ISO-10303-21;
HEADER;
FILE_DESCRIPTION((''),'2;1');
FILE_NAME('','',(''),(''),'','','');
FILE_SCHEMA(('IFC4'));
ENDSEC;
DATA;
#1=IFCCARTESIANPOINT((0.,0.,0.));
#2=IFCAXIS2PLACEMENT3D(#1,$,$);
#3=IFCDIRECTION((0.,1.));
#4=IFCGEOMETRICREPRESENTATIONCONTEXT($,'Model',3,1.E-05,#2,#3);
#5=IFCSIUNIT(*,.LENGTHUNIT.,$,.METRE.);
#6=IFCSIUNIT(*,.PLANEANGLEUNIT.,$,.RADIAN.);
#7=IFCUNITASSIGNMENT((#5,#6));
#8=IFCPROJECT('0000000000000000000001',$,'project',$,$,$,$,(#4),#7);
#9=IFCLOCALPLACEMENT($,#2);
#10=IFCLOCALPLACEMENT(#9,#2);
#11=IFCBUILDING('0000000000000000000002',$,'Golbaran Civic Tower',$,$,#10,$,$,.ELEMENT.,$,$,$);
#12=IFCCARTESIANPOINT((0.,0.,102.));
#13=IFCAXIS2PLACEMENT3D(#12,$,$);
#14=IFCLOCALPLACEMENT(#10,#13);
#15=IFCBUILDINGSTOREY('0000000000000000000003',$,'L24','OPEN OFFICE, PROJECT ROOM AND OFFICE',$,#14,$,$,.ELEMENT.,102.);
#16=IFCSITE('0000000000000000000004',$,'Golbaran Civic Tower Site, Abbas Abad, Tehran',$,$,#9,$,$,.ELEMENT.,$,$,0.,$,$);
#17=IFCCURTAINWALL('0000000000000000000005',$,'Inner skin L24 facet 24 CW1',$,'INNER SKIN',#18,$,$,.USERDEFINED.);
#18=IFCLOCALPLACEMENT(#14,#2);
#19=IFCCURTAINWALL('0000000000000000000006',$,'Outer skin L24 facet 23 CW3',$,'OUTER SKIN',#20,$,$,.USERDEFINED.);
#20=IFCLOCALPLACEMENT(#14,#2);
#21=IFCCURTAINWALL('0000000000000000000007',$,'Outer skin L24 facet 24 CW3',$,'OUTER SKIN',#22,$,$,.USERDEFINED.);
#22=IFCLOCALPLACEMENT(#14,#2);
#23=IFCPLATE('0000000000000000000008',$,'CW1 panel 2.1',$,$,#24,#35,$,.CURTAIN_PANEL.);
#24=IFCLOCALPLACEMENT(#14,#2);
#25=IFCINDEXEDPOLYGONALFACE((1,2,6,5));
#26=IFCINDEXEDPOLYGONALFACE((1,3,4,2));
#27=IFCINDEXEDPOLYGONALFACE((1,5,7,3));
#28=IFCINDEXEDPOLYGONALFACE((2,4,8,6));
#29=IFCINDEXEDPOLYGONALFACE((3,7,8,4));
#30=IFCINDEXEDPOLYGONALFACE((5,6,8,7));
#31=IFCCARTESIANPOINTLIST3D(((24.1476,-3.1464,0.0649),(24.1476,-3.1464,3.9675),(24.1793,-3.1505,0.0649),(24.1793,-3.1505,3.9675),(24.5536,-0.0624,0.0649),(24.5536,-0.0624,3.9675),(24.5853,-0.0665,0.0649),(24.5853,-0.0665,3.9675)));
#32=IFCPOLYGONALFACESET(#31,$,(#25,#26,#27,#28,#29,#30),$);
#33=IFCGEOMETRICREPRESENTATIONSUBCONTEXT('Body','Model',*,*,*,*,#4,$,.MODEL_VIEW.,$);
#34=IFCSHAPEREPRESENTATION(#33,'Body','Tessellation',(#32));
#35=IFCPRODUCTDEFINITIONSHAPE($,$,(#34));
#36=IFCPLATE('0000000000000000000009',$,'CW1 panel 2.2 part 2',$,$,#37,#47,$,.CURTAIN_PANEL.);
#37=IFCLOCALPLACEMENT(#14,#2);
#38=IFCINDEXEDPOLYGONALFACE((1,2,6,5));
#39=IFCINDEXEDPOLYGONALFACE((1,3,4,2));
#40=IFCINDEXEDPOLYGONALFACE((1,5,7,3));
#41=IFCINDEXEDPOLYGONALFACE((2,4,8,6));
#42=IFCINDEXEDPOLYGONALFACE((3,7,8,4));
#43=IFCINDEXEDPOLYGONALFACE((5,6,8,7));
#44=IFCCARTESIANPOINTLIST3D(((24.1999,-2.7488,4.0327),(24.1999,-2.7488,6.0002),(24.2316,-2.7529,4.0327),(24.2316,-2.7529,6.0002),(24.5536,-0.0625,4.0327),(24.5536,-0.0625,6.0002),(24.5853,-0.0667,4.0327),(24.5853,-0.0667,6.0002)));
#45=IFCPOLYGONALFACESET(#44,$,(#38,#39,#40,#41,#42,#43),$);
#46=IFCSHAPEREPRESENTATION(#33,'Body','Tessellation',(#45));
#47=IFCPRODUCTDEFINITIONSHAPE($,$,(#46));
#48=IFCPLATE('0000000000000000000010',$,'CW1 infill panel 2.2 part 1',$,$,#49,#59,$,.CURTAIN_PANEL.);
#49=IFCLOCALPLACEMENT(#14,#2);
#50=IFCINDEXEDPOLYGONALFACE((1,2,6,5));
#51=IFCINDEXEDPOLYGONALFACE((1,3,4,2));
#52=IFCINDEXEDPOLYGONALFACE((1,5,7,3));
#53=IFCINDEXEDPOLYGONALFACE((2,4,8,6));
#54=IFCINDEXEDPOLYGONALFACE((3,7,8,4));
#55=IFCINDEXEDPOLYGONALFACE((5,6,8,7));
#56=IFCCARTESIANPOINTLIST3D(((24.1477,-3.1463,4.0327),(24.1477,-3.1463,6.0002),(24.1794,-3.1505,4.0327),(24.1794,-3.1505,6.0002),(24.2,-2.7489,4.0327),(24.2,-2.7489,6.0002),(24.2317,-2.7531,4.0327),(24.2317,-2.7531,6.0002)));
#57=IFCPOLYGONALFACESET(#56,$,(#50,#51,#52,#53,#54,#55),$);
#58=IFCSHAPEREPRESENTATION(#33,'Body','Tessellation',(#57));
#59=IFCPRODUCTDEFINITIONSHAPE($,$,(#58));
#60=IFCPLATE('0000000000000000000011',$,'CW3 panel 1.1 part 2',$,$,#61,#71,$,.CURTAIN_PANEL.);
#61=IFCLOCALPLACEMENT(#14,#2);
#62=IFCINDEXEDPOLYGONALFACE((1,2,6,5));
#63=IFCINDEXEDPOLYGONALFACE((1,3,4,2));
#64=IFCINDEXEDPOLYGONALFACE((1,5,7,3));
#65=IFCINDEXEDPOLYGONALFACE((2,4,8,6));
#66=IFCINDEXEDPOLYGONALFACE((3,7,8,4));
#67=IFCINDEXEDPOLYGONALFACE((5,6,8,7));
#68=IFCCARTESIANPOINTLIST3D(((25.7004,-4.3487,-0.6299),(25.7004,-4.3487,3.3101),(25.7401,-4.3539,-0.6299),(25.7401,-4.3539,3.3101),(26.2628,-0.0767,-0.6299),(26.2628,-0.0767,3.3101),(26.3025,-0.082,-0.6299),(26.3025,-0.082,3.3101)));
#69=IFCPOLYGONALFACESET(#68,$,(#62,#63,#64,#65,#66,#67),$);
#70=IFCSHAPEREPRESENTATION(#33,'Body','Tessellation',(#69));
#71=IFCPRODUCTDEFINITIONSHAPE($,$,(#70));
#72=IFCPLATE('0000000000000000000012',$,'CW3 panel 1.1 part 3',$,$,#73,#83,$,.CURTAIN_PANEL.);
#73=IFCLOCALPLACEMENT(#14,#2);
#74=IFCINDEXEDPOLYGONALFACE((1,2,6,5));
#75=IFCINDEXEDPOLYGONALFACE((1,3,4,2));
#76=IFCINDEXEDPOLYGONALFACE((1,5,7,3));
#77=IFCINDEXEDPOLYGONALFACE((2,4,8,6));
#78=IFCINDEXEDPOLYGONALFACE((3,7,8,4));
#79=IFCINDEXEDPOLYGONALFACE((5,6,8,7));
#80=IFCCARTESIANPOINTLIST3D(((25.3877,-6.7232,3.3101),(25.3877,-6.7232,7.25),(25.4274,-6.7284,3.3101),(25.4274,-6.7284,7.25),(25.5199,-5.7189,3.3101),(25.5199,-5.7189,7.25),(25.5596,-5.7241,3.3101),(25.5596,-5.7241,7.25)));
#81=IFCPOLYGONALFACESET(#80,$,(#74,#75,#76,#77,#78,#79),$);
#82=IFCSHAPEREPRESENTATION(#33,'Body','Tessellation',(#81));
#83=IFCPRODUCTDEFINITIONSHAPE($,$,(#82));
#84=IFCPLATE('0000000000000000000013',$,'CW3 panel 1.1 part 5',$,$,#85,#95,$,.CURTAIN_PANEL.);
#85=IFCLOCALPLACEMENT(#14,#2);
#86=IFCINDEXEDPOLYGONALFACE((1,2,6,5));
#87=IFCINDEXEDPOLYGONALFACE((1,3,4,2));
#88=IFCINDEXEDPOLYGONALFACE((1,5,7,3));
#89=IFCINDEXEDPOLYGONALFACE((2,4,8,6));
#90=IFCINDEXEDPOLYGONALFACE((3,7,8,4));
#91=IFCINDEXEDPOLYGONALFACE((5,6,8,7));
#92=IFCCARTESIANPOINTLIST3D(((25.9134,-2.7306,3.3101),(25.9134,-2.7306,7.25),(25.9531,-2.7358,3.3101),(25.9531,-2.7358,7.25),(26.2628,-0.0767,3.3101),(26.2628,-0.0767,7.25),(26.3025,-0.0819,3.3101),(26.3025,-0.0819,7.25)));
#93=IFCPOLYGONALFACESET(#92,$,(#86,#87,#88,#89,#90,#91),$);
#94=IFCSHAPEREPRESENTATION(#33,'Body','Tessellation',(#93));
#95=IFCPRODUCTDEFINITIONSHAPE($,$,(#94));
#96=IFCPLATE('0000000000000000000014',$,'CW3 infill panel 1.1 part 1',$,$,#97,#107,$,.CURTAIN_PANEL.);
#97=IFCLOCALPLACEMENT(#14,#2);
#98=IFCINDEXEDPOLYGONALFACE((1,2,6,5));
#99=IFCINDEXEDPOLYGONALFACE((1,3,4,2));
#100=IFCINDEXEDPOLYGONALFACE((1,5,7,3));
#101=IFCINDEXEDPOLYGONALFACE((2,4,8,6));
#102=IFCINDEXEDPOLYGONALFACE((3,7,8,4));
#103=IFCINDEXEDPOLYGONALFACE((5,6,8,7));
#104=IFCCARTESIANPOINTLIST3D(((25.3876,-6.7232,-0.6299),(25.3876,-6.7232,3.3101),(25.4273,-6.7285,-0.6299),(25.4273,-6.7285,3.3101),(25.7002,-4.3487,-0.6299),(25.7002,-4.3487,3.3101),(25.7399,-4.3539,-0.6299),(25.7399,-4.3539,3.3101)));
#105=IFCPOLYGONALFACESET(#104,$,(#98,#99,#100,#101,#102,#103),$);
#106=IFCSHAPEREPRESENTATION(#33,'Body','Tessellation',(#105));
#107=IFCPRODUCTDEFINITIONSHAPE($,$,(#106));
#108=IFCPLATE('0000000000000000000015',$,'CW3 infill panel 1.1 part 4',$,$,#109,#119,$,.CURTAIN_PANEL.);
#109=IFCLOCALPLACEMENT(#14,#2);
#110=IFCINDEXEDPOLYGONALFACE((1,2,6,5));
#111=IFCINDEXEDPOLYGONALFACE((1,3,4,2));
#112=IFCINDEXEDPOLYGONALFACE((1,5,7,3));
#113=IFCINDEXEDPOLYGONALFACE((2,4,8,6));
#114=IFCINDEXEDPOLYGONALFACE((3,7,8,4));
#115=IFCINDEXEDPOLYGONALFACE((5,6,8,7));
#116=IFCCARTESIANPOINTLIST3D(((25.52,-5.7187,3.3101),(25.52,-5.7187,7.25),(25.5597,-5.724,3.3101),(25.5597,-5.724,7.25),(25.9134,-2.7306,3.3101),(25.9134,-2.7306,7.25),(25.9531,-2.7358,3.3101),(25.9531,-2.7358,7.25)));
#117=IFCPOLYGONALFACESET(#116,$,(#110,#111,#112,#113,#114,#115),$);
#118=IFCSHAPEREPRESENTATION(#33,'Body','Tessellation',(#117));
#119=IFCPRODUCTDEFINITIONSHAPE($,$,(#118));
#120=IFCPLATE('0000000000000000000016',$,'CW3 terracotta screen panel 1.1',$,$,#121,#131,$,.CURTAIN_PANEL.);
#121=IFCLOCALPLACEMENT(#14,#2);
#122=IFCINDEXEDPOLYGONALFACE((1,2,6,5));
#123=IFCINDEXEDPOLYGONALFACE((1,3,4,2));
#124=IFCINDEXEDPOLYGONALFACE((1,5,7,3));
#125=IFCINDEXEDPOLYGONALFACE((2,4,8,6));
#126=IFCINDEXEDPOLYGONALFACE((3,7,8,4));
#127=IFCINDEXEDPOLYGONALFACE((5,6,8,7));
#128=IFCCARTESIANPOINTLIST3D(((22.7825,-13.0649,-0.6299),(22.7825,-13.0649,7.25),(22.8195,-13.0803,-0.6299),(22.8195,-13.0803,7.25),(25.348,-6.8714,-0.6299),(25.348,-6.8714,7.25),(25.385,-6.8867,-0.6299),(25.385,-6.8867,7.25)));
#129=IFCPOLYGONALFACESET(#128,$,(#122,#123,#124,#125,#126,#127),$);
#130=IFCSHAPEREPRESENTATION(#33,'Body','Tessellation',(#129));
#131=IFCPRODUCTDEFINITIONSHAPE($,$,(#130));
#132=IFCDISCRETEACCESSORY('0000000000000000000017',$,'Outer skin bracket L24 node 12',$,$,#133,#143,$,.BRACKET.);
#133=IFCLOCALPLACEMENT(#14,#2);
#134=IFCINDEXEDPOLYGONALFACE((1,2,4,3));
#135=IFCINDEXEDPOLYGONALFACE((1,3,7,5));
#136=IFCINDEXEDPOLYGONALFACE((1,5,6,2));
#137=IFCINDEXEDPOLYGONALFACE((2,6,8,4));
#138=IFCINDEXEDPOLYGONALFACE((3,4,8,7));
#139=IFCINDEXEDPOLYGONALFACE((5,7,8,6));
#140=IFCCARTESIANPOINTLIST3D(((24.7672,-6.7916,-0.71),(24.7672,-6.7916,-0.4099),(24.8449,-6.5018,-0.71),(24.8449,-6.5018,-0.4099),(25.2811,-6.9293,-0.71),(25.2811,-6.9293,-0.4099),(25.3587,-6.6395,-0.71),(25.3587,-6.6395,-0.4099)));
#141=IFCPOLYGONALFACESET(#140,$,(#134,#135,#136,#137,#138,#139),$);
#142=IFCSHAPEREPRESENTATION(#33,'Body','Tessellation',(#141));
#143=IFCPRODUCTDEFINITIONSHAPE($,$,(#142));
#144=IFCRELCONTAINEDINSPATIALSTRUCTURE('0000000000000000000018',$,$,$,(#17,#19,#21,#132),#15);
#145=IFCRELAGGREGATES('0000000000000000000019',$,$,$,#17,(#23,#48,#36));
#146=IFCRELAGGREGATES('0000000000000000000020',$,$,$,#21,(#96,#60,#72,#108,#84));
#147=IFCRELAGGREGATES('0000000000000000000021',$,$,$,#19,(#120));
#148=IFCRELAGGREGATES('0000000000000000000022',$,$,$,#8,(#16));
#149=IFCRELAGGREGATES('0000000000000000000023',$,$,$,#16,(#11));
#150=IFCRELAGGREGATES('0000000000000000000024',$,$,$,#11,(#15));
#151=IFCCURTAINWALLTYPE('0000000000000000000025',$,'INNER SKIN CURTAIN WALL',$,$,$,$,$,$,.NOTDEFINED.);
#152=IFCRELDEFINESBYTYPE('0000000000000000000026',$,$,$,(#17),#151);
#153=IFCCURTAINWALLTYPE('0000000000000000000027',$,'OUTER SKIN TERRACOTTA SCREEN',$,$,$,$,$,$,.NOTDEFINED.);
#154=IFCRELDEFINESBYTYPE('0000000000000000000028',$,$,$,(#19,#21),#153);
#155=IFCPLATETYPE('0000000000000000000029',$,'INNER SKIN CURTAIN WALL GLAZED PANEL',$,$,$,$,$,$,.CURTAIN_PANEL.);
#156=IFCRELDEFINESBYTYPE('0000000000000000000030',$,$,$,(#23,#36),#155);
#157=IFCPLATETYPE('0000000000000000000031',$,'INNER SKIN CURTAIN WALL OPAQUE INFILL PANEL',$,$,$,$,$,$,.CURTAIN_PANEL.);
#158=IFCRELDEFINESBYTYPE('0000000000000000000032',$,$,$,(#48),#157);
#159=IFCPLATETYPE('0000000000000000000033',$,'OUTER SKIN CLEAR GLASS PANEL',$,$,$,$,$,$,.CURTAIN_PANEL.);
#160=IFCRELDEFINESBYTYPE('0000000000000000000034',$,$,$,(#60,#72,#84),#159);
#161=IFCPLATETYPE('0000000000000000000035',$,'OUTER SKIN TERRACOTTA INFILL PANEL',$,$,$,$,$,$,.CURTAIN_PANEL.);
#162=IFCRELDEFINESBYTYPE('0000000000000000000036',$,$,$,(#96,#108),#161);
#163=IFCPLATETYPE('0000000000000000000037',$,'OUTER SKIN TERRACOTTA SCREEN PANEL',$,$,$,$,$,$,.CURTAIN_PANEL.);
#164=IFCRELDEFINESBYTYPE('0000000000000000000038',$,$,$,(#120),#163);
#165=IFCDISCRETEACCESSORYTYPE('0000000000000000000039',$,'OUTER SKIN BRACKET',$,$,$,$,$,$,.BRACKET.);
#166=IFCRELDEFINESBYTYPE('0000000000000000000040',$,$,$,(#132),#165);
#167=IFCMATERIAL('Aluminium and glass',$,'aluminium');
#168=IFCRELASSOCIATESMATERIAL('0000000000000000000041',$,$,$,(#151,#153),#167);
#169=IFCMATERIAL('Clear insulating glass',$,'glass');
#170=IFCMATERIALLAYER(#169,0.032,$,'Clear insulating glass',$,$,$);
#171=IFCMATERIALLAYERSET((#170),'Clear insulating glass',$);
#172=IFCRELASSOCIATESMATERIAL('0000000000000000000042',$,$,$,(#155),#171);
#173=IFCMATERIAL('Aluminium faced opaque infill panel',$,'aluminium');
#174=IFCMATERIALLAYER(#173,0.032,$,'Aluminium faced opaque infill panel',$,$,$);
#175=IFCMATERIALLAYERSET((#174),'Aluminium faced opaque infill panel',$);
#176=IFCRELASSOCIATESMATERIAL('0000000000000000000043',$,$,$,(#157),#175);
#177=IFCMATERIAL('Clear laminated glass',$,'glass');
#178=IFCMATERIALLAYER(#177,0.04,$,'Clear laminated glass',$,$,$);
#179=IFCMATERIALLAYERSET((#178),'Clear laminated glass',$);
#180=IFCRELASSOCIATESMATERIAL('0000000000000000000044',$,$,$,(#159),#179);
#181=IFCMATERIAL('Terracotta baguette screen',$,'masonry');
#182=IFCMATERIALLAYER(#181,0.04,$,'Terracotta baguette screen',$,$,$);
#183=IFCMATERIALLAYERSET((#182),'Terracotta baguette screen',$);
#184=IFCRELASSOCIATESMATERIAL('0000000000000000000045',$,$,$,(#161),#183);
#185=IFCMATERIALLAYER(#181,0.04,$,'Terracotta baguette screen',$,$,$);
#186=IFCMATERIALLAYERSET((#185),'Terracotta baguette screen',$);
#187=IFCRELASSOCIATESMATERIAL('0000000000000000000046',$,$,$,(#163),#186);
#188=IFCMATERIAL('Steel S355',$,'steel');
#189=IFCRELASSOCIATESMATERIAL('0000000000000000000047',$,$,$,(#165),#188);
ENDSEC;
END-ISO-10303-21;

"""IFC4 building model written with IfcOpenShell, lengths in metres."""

from ifc_helpers import new_model, si_unit, direction, frame, origin, origin_2d, place, context, subcontext, project, spatial, rectangle, extrude, material, layer, layer_set, type_object, element, aggregate, save


model = new_model("IFC4")

# Units and contexts
model_context = context("Model", 3, precision=1e-05, world=origin(), true_north=direction((0.0, 1.0)))
body_context = subcontext(model_context, "Body", "Model", "MODEL_VIEW")
ifc_project = project(units=[si_unit("LENGTHUNIT", "METRE"), si_unit("PLANEANGLEUNIT", "RADIAN")], contexts=[model_context])

# Site, building, storey
site_placement = place(None, origin())
site = spatial("IfcSite", under=ifc_project, at=site_placement, Name="Golbaran Civic Tower Site, Abbas Abad, Tehran", CompositionType="ELEMENT", RefElevation=0.0)
building_placement = place(site_placement, origin())
building = spatial("IfcBuilding", under=site, at=building_placement, Name="Golbaran Civic Tower", CompositionType="ELEMENT")
storey_placement = place(building_placement, frame((0.0, 0.0, 102.0)))
storey = spatial("IfcBuildingStorey", under=building, at=storey_placement, Name="L24", Description="OPEN OFFICE, PROJECT ROOM AND OFFICE", CompositionType="ELEMENT", Elevation=102.0)

# Shared definitions
ifc_material_1 = material(Name="Steel S355", Category="steel")

# Curtain wall
ifc_material_2 = material(Name="Aluminium and glass", Category="aluminium")
curtain_wall_type_1 = type_object("IfcCurtainWallType", Name="INNER SKIN CURTAIN WALL", PredefinedType="NOTDEFINED", material=ifc_material_2)
curtain_wall_1_placement = place(storey_placement, origin())
curtain_wall_1 = element("IfcCurtainWall", 1, at=curtain_wall_1_placement, inside=storey, type_object=curtain_wall_type_1, Name="Inner skin L24 facet 24 CW1", ObjectType="INNER SKIN", PredefinedType="USERDEFINED")

# Curtain wall
curtain_wall_type_2 = type_object("IfcCurtainWallType", Name="OUTER SKIN TERRACOTTA SCREEN", PredefinedType="NOTDEFINED", material=ifc_material_2)
curtain_wall_2_placement = place(storey_placement, origin())
curtain_wall_2 = element("IfcCurtainWall", 2, at=curtain_wall_2_placement, inside=storey, type_object=curtain_wall_type_2, Name="Outer skin L24 facet 23 CW3", ObjectType="OUTER SKIN", PredefinedType="USERDEFINED")

# Curtain wall
curtain_wall_3_placement = place(storey_placement, origin())
curtain_wall_3 = element("IfcCurtainWall", 3, at=curtain_wall_3_placement, inside=storey, type_object=curtain_wall_type_2, Name="Outer skin L24 facet 24 CW3", ObjectType="OUTER SKIN", PredefinedType="USERDEFINED")

# Plates
ifc_material_3 = material(Name="Clear insulating glass", Category="glass")
ifc_layer_1 = layer(ifc_material_3, 0.032, Name="Clear insulating glass")
ifc_layer_set_1 = layer_set([ifc_layer_1], Name="Clear insulating glass")
plate_type_1 = type_object("IfcPlateType", Name="INNER SKIN CURTAIN WALL GLAZED PANEL", PredefinedType="CURTAIN_PANEL", material=ifc_layer_set_1)
plate_1_placement = place(storey_placement, frame((24.3665, -1.6064, 0.0649), z_axis=(0.0, 0.0, 1.0), x_axis=(0.130526, 0.991445, 0.0)))
plate_1 = element("IfcPlate", 4, at=plate_1_placement, type_object=plate_type_1, Name="CW1 panel 2.1", PredefinedType="CURTAIN_PANEL", context=body_context, shape_type="SweptSolid", body=[
    extrude(rectangle(XDim=3.1106, YDim=0.032, at=origin_2d()), origin(), (0.0, 0.0, 1.0), 3.9026),
])
plate_2_placement = place(storey_placement, frame((24.3926, -1.4077, 4.0327), z_axis=(0.0, 0.0, 1.0), x_axis=(0.130526, 0.991445, 0.0)))
plate_2 = element("IfcPlate", 5, at=plate_2_placement, type_object=plate_type_1, Name="CW1 panel 2.2 part 2", PredefinedType="CURTAIN_PANEL", context=body_context, shape_type="SweptSolid", body=[
    extrude(rectangle(XDim=2.7095, YDim=0.032, at=origin_2d()), origin(), (0.0, 0.0, 1.0), 1.9675),
])
ifc_material_4 = material(Name="Aluminium faced opaque infill panel", Category="aluminium")
ifc_layer_2 = layer(ifc_material_4, 0.032, Name="Aluminium faced opaque infill panel")
ifc_layer_set_2 = layer_set([ifc_layer_2], Name="Aluminium faced opaque infill panel")
plate_type_2 = type_object("IfcPlateType", Name="INNER SKIN CURTAIN WALL OPAQUE INFILL PANEL", PredefinedType="CURTAIN_PANEL", material=ifc_layer_set_2)
plate_3_placement = place(storey_placement, frame((24.1897, -2.9497, 4.0327), z_axis=(0.0, 0.0, 1.0), x_axis=(0.130526, 0.991445, 0.0)))
plate_3 = element("IfcPlate", 6, at=plate_3_placement, type_object=plate_type_2, Name="CW1 infill panel 2.2 part 1", PredefinedType="CURTAIN_PANEL", context=body_context, shape_type="SweptSolid", body=[
    extrude(rectangle(XDim=0.4009, YDim=0.032, at=origin_2d()), origin(), (0.0, 0.0, 1.0), 1.9675),
])
aggregate(curtain_wall_1, [plate_1, plate_3, plate_2])
ifc_material_5 = material(Name="Clear laminated glass", Category="glass")
ifc_layer_3 = layer(ifc_material_5, 0.04, Name="Clear laminated glass")
ifc_layer_set_3 = layer_set([ifc_layer_3], Name="Clear laminated glass")
plate_type_3 = type_object("IfcPlateType", Name="OUTER SKIN CLEAR GLASS PANEL", PredefinedType="CURTAIN_PANEL", material=ifc_layer_set_3)
plate_4_placement = place(storey_placement, frame((26.0015, -2.2153, -0.6299), z_axis=(0.0, 0.0, 1.0), x_axis=(0.130526, 0.991445, 0.0)))
plate_4 = element("IfcPlate", 7, at=plate_4_placement, type_object=plate_type_3, Name="CW3 panel 1.1 part 2", PredefinedType="CURTAIN_PANEL", context=body_context, shape_type="SweptSolid", body=[
    extrude(rectangle(XDim=4.3088, YDim=0.04, at=origin_2d()), origin(), (0.0, 0.0, 1.0), 3.9399),
])
plate_5_placement = place(storey_placement, frame((25.4736, -6.2236, 3.3101), z_axis=(0.0, 0.0, 1.0), x_axis=(0.130526, 0.991445, 0.0)))
plate_5 = element("IfcPlate", 8, at=plate_5_placement, type_object=plate_type_3, Name="CW3 panel 1.1 part 3", PredefinedType="CURTAIN_PANEL", context=body_context, shape_type="SweptSolid", body=[
    extrude(rectangle(XDim=1.0129, YDim=0.04, at=origin_2d()), origin(), (0.0, 0.0, 1.0), 3.9399),
])
plate_6_placement = place(storey_placement, frame((26.1079, -1.4062, 3.3101), z_axis=(0.0, 0.0, 1.0), x_axis=(0.130526, 0.991445, 0.0)))
plate_6 = element("IfcPlate", 9, at=plate_6_placement, type_object=plate_type_3, Name="CW3 panel 1.1 part 5", PredefinedType="CURTAIN_PANEL", context=body_context, shape_type="SweptSolid", body=[
    extrude(rectangle(XDim=2.6768, YDim=0.04, at=origin_2d()), origin(), (0.0, 0.0, 1.0), 3.9399),
])
ifc_material_6 = material(Name="Terracotta baguette screen", Category="masonry")
ifc_layer_4 = layer(ifc_material_6, 0.04, Name="Terracotta baguette screen")
ifc_layer_set_4 = layer_set([ifc_layer_4], Name="Terracotta baguette screen")
plate_type_4 = type_object("IfcPlateType", Name="OUTER SKIN TERRACOTTA INFILL PANEL", PredefinedType="CURTAIN_PANEL", material=ifc_layer_set_4)
plate_7_placement = place(storey_placement, frame((25.5637, -5.5386, -0.6299), z_axis=(0.0, 0.0, 1.0), x_axis=(0.130526, 0.991445, 0.0)))
plate_7 = element("IfcPlate", 10, at=plate_7_placement, type_object=plate_type_4, Name="CW3 infill panel 1.1 part 1", PredefinedType="CURTAIN_PANEL", context=body_context, shape_type="SweptSolid", body=[
    extrude(rectangle(XDim=2.395, YDim=0.04, at=origin_2d()), origin(), (0.0, 0.0, 1.0), 3.9399),
])
plate_8_placement = place(storey_placement, frame((25.7366, -4.2273, 3.3101), z_axis=(0.0, 0.0, 1.0), x_axis=(0.130526, 0.991445, 0.0)))
plate_8 = element("IfcPlate", 11, at=plate_8_placement, type_object=plate_type_4, Name="CW3 infill panel 1.1 part 4", PredefinedType="CURTAIN_PANEL", context=body_context, shape_type="SweptSolid", body=[
    extrude(rectangle(XDim=3.0139, YDim=0.04, at=origin_2d()), origin(), (0.0, 0.0, 1.0), 3.9399),
])
aggregate(curtain_wall_3, [plate_7, plate_4, plate_5, plate_8, plate_6])
ifc_layer_5 = layer(ifc_material_6, 0.04, Name="Terracotta baguette screen")
ifc_layer_set_5 = layer_set([ifc_layer_5], Name="Terracotta baguette screen")
plate_type_5 = type_object("IfcPlateType", Name="OUTER SKIN TERRACOTTA SCREEN PANEL", PredefinedType="CURTAIN_PANEL", material=ifc_layer_set_5)
plate_9_placement = place(storey_placement, frame((24.0837, -9.9758, -0.6299), z_axis=(0.0, 0.0, 1.0), x_axis=(0.382683, 0.92388, 0.0)))
plate_9 = element("IfcPlate", 12, at=plate_9_placement, type_object=plate_type_5, Name="CW3 terracotta screen panel 1.1", PredefinedType="CURTAIN_PANEL", context=body_context, shape_type="SweptSolid", body=[
    extrude(rectangle(XDim=6.7039, YDim=0.04, at=origin_2d()), origin(), (0.0, 0.0, 1.0), 7.8799),
])
aggregate(curtain_wall_2, [plate_9])

# Discrete accessory
discrete_accessory_type = type_object("IfcDiscreteAccessoryType", Name="OUTER SKIN BRACKET", PredefinedType="BRACKET", material=ifc_material_1)
discrete_accessory_placement = place(storey_placement, frame((25.063, -6.7156, -0.71), z_axis=(0.0, 0.0, 1.0), x_axis=(0.965926, -0.258819, 0.0)))
element("IfcDiscreteAccessory", 13, at=discrete_accessory_placement, inside=storey, type_object=discrete_accessory_type, Name="Outer skin bracket L24 node 12", PredefinedType="BRACKET", context=body_context, shape_type="SweptSolid", body=[
    extrude(rectangle(XDim=0.532, YDim=0.3, at=origin_2d()), origin(), (0.0, 0.0, 1.0), 0.3),
])

save(model, "model.ifc")
